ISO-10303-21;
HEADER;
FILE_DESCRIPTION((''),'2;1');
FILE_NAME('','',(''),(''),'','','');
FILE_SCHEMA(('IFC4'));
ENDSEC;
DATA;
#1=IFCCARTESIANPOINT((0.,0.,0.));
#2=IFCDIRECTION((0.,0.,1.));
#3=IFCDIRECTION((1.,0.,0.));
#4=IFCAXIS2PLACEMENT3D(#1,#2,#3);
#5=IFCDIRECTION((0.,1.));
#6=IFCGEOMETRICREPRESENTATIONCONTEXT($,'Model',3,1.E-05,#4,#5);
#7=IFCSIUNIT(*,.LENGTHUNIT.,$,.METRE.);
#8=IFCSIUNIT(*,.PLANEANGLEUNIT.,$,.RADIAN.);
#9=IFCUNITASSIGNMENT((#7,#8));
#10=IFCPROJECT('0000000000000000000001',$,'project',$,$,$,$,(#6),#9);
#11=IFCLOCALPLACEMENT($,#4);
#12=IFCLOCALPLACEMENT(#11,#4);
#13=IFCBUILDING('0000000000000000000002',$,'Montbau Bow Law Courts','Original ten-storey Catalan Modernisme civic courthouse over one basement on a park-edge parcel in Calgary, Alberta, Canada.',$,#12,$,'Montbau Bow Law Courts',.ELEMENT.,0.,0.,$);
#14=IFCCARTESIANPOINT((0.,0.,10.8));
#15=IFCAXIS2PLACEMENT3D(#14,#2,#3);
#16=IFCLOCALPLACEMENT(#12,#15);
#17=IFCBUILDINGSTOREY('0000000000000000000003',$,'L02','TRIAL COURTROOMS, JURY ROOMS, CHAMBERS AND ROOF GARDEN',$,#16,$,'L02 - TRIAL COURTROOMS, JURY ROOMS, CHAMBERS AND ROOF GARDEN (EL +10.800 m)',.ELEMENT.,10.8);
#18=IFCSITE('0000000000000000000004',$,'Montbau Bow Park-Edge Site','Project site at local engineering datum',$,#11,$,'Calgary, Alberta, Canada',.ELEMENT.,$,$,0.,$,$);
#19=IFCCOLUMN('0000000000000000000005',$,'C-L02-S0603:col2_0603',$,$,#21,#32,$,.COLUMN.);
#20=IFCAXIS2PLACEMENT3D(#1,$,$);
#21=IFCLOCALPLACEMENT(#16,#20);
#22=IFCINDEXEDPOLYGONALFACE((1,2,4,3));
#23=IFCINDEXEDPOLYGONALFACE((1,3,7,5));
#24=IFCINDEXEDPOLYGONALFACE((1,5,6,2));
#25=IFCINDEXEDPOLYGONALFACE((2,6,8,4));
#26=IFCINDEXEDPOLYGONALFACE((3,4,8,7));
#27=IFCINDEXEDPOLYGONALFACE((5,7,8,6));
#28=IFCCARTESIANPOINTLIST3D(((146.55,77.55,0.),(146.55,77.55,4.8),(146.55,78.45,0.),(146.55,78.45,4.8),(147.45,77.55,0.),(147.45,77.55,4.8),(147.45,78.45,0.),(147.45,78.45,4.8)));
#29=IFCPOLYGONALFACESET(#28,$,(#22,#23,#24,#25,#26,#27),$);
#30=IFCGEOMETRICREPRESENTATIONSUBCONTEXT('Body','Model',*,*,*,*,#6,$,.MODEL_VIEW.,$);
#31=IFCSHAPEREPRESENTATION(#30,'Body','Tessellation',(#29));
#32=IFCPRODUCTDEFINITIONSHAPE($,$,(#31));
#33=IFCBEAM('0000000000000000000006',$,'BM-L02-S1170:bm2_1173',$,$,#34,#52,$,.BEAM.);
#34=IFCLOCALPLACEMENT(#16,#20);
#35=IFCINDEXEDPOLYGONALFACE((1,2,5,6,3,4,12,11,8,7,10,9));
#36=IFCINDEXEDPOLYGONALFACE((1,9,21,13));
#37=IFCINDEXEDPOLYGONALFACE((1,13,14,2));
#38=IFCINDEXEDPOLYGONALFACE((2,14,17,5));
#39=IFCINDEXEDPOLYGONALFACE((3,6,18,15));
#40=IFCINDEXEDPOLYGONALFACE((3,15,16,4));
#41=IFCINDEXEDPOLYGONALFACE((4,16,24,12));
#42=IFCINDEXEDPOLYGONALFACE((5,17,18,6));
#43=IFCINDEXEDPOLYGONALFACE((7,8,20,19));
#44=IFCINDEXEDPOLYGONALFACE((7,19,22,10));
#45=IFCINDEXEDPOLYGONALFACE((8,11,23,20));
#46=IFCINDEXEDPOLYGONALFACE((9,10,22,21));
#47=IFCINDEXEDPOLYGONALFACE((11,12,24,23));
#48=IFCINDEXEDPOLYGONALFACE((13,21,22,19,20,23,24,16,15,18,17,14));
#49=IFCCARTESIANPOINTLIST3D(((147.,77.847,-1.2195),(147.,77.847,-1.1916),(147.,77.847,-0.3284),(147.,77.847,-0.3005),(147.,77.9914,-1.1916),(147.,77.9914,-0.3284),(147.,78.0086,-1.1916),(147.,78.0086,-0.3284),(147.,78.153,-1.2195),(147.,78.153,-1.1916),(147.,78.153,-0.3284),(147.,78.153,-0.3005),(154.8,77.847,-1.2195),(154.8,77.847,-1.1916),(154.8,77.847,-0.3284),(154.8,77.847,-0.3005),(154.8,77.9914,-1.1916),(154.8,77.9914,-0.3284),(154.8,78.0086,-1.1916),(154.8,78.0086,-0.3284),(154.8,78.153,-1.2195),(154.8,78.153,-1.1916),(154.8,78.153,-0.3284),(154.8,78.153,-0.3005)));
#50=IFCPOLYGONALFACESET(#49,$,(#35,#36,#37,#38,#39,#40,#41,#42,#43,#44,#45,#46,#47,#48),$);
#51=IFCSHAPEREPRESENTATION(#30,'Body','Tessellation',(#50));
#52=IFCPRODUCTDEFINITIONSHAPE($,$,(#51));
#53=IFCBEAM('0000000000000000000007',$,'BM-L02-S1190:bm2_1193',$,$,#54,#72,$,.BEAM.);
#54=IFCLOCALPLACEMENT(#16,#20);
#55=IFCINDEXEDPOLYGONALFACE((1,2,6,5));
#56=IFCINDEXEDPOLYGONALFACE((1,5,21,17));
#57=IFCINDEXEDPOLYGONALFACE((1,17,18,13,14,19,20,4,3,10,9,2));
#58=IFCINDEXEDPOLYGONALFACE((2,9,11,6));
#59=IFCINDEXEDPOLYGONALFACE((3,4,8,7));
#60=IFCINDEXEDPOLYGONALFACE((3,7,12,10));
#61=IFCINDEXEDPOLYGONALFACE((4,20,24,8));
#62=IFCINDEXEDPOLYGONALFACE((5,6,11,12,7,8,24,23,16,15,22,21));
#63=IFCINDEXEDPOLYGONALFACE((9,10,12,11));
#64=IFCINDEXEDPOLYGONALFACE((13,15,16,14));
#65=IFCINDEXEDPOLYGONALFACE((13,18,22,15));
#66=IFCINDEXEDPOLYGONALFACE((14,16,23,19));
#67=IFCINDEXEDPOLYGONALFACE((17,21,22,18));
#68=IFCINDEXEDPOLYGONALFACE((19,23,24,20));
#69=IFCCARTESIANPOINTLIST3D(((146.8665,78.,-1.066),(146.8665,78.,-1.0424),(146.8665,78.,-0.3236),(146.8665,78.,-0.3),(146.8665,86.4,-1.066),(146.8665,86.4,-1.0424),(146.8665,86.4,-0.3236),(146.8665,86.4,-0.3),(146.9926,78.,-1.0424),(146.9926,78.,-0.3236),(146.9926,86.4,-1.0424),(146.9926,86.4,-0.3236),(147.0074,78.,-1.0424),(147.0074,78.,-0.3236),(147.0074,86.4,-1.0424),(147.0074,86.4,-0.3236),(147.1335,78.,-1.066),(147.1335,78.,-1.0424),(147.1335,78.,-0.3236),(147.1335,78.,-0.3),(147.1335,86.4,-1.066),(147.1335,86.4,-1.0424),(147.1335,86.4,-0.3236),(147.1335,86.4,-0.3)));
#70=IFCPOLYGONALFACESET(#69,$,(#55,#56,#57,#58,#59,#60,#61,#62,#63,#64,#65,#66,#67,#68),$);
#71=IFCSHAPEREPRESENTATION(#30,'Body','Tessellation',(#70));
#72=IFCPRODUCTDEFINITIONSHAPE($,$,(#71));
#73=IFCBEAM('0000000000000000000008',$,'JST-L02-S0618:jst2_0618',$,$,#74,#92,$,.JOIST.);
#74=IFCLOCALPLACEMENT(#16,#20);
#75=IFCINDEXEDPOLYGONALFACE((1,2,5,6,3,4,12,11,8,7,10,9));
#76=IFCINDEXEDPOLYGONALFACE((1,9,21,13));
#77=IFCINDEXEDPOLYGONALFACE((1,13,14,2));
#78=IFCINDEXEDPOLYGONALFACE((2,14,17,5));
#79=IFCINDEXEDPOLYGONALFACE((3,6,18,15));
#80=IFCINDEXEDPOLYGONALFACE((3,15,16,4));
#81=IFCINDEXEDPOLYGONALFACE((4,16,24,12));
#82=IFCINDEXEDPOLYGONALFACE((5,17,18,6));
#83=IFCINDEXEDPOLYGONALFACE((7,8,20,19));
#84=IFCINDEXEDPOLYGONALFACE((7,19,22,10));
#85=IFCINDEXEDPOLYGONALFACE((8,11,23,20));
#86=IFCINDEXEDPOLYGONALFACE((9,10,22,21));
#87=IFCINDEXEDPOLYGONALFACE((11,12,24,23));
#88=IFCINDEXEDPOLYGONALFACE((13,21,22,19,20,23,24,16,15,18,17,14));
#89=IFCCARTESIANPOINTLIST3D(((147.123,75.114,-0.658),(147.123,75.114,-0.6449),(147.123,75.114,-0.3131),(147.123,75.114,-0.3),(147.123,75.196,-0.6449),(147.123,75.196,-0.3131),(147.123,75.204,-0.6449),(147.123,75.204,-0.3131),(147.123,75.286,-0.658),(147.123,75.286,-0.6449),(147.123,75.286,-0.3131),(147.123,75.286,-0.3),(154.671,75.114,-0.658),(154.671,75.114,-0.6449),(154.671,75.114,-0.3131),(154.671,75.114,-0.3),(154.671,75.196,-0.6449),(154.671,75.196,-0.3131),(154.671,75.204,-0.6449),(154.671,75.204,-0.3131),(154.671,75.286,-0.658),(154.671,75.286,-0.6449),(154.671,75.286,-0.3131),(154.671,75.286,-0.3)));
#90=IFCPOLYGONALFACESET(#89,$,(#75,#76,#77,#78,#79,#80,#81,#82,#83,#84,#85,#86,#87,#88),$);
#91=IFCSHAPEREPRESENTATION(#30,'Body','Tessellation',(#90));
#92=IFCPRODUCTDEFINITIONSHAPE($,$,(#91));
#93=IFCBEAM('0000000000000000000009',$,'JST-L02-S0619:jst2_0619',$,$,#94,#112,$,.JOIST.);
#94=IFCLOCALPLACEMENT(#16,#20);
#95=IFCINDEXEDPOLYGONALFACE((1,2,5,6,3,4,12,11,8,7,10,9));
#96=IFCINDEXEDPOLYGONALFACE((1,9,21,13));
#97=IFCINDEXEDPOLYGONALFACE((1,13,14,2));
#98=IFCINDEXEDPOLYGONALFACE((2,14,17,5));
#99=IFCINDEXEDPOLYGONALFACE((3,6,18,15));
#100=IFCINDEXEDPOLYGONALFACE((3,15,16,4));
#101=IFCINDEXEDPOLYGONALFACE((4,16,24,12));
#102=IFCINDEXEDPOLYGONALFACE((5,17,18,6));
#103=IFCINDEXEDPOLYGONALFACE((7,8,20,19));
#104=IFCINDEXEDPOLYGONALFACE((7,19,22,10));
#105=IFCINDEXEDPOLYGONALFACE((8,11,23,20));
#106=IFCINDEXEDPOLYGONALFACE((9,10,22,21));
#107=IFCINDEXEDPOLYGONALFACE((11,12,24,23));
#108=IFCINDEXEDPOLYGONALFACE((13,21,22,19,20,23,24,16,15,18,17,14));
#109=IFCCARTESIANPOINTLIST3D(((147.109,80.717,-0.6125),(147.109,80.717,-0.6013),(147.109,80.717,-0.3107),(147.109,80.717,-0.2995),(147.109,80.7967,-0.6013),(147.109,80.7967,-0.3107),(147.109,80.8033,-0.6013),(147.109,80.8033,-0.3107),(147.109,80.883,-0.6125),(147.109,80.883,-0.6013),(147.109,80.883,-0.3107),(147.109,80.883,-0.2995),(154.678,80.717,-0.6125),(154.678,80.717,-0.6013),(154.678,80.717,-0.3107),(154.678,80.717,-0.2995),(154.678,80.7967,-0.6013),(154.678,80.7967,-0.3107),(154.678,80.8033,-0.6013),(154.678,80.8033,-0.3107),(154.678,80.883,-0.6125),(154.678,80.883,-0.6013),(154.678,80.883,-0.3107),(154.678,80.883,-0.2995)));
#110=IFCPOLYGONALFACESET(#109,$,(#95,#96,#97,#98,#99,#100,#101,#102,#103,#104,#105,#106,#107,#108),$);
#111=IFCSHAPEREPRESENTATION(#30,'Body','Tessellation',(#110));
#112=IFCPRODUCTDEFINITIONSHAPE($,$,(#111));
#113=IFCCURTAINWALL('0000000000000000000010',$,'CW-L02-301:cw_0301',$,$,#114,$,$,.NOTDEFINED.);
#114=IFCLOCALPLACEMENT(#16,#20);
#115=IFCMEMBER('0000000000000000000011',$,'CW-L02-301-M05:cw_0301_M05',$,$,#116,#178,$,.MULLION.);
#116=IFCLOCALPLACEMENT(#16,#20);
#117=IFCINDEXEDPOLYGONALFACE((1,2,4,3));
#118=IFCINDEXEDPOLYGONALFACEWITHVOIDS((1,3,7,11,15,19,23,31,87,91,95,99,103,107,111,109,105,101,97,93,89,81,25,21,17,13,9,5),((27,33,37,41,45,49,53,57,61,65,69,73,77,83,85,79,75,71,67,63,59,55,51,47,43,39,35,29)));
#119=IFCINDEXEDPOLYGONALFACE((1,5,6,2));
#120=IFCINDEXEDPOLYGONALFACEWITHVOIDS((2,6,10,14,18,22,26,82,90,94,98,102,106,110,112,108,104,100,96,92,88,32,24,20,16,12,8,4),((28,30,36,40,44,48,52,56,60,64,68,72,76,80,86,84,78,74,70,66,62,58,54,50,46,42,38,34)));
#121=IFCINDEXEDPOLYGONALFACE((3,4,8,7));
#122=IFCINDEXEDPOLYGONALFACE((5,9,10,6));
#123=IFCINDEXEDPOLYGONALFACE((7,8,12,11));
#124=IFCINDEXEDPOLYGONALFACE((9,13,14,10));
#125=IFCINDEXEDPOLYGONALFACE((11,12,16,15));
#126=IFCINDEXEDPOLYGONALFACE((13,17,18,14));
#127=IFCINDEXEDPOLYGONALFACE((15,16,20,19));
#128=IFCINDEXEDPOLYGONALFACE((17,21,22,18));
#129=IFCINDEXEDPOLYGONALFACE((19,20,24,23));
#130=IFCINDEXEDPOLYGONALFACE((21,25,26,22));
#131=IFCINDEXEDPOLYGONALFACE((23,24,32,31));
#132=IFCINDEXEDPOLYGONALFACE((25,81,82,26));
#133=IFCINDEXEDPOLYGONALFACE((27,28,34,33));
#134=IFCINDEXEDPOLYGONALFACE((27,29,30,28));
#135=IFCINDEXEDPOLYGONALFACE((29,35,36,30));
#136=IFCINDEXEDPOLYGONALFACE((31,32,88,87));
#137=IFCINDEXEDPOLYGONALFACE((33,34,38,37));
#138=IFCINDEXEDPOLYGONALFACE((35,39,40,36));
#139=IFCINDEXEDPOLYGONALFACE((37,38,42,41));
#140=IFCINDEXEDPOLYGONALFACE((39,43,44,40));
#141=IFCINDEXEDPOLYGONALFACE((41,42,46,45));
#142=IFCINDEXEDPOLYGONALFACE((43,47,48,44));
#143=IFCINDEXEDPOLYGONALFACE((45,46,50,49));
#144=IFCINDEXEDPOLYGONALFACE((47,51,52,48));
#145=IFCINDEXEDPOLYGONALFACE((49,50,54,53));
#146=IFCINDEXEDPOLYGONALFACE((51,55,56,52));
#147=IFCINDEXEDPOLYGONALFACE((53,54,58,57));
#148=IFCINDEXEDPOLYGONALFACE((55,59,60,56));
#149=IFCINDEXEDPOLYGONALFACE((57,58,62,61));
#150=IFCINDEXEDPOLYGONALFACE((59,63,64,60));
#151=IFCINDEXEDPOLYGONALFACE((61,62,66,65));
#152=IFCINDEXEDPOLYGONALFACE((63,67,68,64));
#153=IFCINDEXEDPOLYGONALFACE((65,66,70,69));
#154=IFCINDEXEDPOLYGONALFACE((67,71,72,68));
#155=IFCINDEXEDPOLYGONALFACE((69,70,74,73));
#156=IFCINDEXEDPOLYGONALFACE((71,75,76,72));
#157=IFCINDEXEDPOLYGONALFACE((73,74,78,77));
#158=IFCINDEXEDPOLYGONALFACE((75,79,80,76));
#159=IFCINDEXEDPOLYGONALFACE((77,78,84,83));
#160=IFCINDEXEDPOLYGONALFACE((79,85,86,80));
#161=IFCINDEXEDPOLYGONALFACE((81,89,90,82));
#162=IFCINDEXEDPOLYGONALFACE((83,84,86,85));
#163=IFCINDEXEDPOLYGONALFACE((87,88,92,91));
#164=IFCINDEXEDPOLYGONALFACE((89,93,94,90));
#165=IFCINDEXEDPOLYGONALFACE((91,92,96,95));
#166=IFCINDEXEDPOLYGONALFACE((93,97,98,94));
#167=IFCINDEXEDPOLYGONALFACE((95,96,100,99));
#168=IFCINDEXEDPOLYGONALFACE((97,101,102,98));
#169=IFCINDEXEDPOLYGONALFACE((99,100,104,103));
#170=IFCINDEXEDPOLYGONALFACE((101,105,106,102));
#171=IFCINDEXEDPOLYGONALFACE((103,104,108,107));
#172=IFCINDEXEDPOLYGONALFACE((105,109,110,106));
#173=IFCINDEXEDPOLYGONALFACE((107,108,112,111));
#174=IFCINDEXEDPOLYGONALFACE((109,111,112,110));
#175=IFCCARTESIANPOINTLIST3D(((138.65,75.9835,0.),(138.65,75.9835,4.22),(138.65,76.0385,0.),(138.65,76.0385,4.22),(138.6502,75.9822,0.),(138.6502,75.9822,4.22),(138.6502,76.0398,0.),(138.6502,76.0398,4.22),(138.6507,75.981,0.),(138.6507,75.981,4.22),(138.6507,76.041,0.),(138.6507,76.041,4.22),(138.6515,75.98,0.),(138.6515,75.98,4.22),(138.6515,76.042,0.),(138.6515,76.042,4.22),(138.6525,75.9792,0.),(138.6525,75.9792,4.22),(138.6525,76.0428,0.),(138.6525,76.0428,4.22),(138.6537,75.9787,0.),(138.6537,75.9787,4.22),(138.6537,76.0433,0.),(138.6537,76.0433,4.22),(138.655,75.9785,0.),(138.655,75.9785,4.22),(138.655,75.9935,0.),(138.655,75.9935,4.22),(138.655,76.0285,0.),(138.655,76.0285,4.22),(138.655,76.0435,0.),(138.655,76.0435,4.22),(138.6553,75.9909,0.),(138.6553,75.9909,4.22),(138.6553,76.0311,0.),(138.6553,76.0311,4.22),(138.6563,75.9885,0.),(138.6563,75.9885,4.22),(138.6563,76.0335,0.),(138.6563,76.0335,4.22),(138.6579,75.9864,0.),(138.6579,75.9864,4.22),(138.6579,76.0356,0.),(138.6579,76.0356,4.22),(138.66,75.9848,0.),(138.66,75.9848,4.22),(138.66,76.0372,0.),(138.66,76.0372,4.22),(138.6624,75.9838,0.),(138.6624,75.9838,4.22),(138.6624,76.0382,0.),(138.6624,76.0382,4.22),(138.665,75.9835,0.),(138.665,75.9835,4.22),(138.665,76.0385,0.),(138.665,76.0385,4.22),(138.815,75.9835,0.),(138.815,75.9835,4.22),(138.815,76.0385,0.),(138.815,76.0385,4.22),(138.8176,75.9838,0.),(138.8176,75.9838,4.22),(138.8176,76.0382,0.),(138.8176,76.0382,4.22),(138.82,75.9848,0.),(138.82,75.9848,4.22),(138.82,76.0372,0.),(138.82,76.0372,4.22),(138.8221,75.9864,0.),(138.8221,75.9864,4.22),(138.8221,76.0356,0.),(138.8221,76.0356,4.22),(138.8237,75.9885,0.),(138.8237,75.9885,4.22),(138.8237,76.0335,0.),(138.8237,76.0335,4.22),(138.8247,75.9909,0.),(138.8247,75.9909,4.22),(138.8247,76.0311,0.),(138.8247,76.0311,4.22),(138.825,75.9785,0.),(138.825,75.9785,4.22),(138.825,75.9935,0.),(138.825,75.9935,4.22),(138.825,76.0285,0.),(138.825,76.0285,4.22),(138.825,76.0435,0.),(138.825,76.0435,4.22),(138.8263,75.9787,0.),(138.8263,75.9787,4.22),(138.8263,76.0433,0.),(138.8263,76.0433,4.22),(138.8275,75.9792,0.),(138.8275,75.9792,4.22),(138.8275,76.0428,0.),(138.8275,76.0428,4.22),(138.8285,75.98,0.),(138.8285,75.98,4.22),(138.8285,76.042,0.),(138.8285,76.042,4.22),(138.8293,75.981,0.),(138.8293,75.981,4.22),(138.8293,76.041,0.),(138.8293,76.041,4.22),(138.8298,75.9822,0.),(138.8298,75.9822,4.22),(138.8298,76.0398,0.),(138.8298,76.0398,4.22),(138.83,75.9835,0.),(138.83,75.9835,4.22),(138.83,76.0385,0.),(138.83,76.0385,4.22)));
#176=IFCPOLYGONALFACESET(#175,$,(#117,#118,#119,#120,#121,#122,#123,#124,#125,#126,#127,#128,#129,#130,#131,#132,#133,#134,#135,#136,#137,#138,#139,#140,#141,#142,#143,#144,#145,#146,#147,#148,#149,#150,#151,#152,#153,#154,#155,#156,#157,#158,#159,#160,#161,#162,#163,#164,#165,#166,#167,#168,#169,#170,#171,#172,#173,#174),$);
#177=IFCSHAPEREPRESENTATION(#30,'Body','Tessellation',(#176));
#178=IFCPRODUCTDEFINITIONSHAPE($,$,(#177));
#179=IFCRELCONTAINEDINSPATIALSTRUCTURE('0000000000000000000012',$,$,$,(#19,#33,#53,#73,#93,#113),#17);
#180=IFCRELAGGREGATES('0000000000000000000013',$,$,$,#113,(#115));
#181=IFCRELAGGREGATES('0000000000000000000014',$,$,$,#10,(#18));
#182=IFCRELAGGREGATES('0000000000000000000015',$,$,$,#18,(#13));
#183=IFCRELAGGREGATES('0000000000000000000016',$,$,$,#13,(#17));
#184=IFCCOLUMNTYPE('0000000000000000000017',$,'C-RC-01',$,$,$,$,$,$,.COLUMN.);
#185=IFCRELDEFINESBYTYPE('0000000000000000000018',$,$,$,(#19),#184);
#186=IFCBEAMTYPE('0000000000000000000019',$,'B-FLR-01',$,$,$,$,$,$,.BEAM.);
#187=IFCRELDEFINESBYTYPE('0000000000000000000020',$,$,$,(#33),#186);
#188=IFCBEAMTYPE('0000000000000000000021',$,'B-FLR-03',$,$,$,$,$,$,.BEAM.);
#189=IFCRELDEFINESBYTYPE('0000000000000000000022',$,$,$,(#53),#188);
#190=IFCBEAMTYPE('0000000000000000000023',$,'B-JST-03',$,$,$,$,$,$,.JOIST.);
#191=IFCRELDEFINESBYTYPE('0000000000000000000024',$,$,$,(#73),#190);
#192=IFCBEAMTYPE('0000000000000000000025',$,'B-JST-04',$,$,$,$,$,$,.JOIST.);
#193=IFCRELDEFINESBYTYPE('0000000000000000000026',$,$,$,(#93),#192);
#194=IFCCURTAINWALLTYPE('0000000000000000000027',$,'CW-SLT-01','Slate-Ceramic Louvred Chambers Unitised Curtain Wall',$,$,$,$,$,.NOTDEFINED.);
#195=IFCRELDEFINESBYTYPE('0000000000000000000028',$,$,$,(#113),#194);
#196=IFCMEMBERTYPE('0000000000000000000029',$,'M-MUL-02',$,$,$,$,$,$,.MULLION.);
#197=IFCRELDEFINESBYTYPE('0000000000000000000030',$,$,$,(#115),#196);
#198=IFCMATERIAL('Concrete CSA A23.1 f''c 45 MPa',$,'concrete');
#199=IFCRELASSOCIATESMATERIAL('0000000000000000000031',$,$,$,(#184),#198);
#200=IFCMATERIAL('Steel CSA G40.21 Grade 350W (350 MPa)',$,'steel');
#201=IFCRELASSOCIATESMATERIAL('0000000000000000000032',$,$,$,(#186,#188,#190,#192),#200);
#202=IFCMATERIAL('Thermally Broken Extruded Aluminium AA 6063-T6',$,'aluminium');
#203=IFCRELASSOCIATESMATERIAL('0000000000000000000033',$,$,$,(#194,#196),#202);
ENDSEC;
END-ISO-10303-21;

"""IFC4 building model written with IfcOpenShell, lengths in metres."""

from ifc_helpers import new_model, si_unit, direction, frame, origin_with_axes, origin_2d_with_axis, place, context, subcontext, project, spatial, rectangle, hollow_rectangle, i_section, extrude, material, material_profile, profile_set, type_object, element, aggregate, save


model = new_model("IFC4")

# Units and contexts
model_context = context("Model", 3, precision=1e-05, world=origin_with_axes(), true_north=direction((0.0, 1.0)))
body_context = subcontext(model_context, "Body", "Model", "MODEL_VIEW")
ifc_project = project(units=[si_unit("LENGTHUNIT", "METRE"), si_unit("PLANEANGLEUNIT", "RADIAN")], contexts=[model_context])

# Site, building, storey
site_placement = place(None, origin_with_axes())
site = spatial("IfcSite", under=ifc_project, at=site_placement, Name="Montbau Bow Park-Edge Site", Description="Project site at local engineering datum", LongName="Calgary, Alberta, Canada", CompositionType="ELEMENT", RefElevation=0.0)
building_placement = place(site_placement, origin_with_axes())
building = spatial("IfcBuilding", under=site, at=building_placement, Name="Montbau Bow Law Courts", Description="Original ten-storey Catalan Modernisme civic courthouse over one basement on a park-edge parcel in Calgary, Alberta, Canada.", LongName="Montbau Bow Law Courts", CompositionType="ELEMENT", ElevationOfRefHeight=0.0, ElevationOfTerrain=0.0)
storey_placement = place(building_placement, frame((0.0, 0.0, 10.8), z_axis=(0.0, 0.0, 1.0), x_axis=(1.0, 0.0, 0.0)))
storey = spatial("IfcBuildingStorey", under=building, at=storey_placement, Name="L02", Description="TRIAL COURTROOMS, JURY ROOMS, CHAMBERS AND ROOF GARDEN", LongName="L02 - TRIAL COURTROOMS, JURY ROOMS, CHAMBERS AND ROOF GARDEN (EL +10.800 m)", CompositionType="ELEMENT", Elevation=10.8)

# Column
ifc_material_1 = material(Name="Concrete CSA A23.1 f'c 45 MPa", Category="concrete")
ifc_material_profile_1 = material_profile(ifc_material_1, rectangle(XDim=0.9, YDim=0.9, at=origin_2d_with_axis()), Name="RC900X900", Category="Main", Priority=0)
ifc_profile_set_1 = profile_set([ifc_material_profile_1], Name="Concrete CSA A23.1 f'c 45 MPa")
column_type = type_object("IfcColumnType", Name="C-RC-01", PredefinedType="COLUMN", material=ifc_profile_set_1)
column_placement = place(None, frame((147.0, 78.0, 10.8), z_axis=(0.0, 0.0, 1.0), x_axis=(1.0, 0.0, 0.0)))
element("IfcColumn", 1, at=column_placement, inside=storey, type_object=column_type, Name="C-L02-S0603:col2_0603", PredefinedType="COLUMN", context=body_context, shape_type="SweptSolid", body=[
    extrude(rectangle(XDim=0.9, YDim=0.9, at=origin_2d_with_axis()), origin_with_axes(), (0.0, 0.0, 1.0), 4.8),
])

# Beams
ifc_material_2 = material(Name="Steel CSA G40.21 Grade 350W (350 MPa)", Category="steel")
ifc_material_profile_2 = material_profile(ifc_material_2, i_section(OverallWidth=0.306, OverallDepth=0.919, WebThickness=0.0173, FlangeThickness=0.0279, at=origin_2d_with_axis()), Name="W920X253", Category="Main", Priority=0)
ifc_profile_set_2 = profile_set([ifc_material_profile_2], Name="Steel CSA G40.21 Grade 350W (350 MPa)")
beam_type_1 = type_object("IfcBeamType", Name="B-FLR-01", PredefinedType="BEAM", material=ifc_profile_set_2)
beam_1_placement = place(None, frame((147.0, 78.0, 10.04), z_axis=(1.0, 0.0, 0.0), x_axis=(0.0, 1.0, 0.0)))
element("IfcBeam", 2, at=beam_1_placement, inside=storey, type_object=beam_type_1, Name="BM-L02-S1170:bm2_1173", PredefinedType="BEAM", context=body_context, shape_type="SweptSolid", body=[
    extrude(i_section(OverallWidth=0.306, OverallDepth=0.919, WebThickness=0.0173, FlangeThickness=0.0279, at=origin_2d_with_axis()), origin_with_axes(), (0.0, 0.0, 1.0), 7.8),
])
ifc_material_profile_3 = material_profile(ifc_material_2, i_section(OverallWidth=0.267, OverallDepth=0.766, WebThickness=0.0149, FlangeThickness=0.0236, at=origin_2d_with_axis()), Name="W760X185", Category="Main", Priority=0)
ifc_profile_set_3 = profile_set([ifc_material_profile_3], Name="Steel CSA G40.21 Grade 350W (350 MPa)")
beam_type_2 = type_object("IfcBeamType", Name="B-FLR-03", PredefinedType="BEAM", material=ifc_profile_set_3)
beam_2_placement = place(None, frame((147.0, 78.0, 10.117), z_axis=(0.0, 1.0, 0.0), x_axis=(-1.0, 0.0, 0.0)))
element("IfcBeam", 3, at=beam_2_placement, inside=storey, type_object=beam_type_2, Name="BM-L02-S1190:bm2_1193", PredefinedType="BEAM", context=body_context, shape_type="SweptSolid", body=[
    extrude(i_section(OverallWidth=0.267, OverallDepth=0.766, WebThickness=0.0149, FlangeThickness=0.0236, at=origin_2d_with_axis()), origin_with_axes(), (0.0, 0.0, 1.0), 8.4),
])
ifc_material_profile_4 = material_profile(ifc_material_2, i_section(OverallWidth=0.172, OverallDepth=0.358, WebThickness=0.0079, FlangeThickness=0.0131, at=origin_2d_with_axis()), Name="W360X57", Category="Main", Priority=0)
ifc_profile_set_4 = profile_set([ifc_material_profile_4], Name="Steel CSA G40.21 Grade 350W (350 MPa)")
beam_type_3 = type_object("IfcBeamType", Name="B-JST-03", PredefinedType="JOIST", material=ifc_profile_set_4)
beam_3_placement = place(None, frame((147.123, 75.2, 10.321), z_axis=(1.0, 0.0, 0.0), x_axis=(0.0, 1.0, 0.0)))
element("IfcBeam", 4, at=beam_3_placement, inside=storey, type_object=beam_type_3, Name="JST-L02-S0618:jst2_0618", PredefinedType="JOIST", context=body_context, shape_type="SweptSolid", body=[
    extrude(i_section(OverallWidth=0.172, OverallDepth=0.358, WebThickness=0.0079, FlangeThickness=0.0131, at=origin_2d_with_axis()), origin_with_axes(), (0.0, 0.0, 1.0), 7.548),
])
ifc_material_profile_5 = material_profile(ifc_material_2, i_section(OverallWidth=0.166, OverallDepth=0.313, WebThickness=0.0066, FlangeThickness=0.0112, at=origin_2d_with_axis()), Name="W310X45", Category="Main", Priority=0)
ifc_profile_set_5 = profile_set([ifc_material_profile_5], Name="Steel CSA G40.21 Grade 350W (350 MPa)")
beam_type_4 = type_object("IfcBeamType", Name="B-JST-04", PredefinedType="JOIST", material=ifc_profile_set_5)
beam_4_placement = place(None, frame((147.109, 80.8, 10.344), z_axis=(1.0, 0.0, 0.0), x_axis=(0.0, 1.0, 0.0)))
element("IfcBeam", 5, at=beam_4_placement, inside=storey, type_object=beam_type_4, Name="JST-L02-S0619:jst2_0619", PredefinedType="JOIST", context=body_context, shape_type="SweptSolid", body=[
    extrude(i_section(OverallWidth=0.166, OverallDepth=0.313, WebThickness=0.0066, FlangeThickness=0.0112, at=origin_2d_with_axis()), origin_with_axes(), (0.0, 0.0, 1.0), 7.569),
])

# Curtain wall, member
ifc_material_3 = material(Name="Thermally Broken Extruded Aluminium AA 6063-T6", Category="aluminium")
curtain_wall_type = type_object("IfcCurtainWallType", Name="CW-SLT-01", Description="Slate-Ceramic Louvred Chambers Unitised Curtain Wall", PredefinedType="NOTDEFINED", material=ifc_material_3)
curtain_wall_1_placement = place(None, frame((138.74, 70.115, 10.8), z_axis=(0.0, 0.0, 1.0), x_axis=(1.0, 0.0, 0.0)))
curtain_wall_1 = element("IfcCurtainWall", 6, at=curtain_wall_1_placement, inside=storey, type_object=curtain_wall_type, Name="CW-L02-301:cw_0301", PredefinedType="NOTDEFINED")
ifc_material_profile_6 = material_profile(ifc_material_3, hollow_rectangle(XDim=0.065, YDim=0.18, WallThickness=0.005, InnerFilletRadius=0.01, OuterFilletRadius=0.005, at=origin_2d_with_axis()), Name="CWM-180X65", Category="Main", Priority=0)
ifc_profile_set_6 = profile_set([ifc_material_profile_6], Name="Thermally Broken Extruded Aluminium AA 6063-T6")
member_type_1 = type_object("IfcMemberType", Name="M-MUL-02", PredefinedType="MULLION", material=ifc_profile_set_6)
member_1_placement = place(None, frame((138.74, 76.011, 10.8), z_axis=(0.0, 0.0, 1.0), x_axis=(0.0, 1.0, 0.0)))
member_1 = element("IfcMember", 7, at=member_1_placement, type_object=member_type_1, Name="CW-L02-301-M05:cw_0301_M05", PredefinedType="MULLION", context=body_context, shape_type="SweptSolid", body=[
    extrude(hollow_rectangle(XDim=0.065, YDim=0.18, WallThickness=0.005, InnerFilletRadius=0.01, OuterFilletRadius=0.005, at=origin_2d_with_axis()), origin_with_axes(), (0.0, 0.0, 1.0), 4.22),
])

aggregate(curtain_wall_1, [member_1])

save(model, "model.ifc")
